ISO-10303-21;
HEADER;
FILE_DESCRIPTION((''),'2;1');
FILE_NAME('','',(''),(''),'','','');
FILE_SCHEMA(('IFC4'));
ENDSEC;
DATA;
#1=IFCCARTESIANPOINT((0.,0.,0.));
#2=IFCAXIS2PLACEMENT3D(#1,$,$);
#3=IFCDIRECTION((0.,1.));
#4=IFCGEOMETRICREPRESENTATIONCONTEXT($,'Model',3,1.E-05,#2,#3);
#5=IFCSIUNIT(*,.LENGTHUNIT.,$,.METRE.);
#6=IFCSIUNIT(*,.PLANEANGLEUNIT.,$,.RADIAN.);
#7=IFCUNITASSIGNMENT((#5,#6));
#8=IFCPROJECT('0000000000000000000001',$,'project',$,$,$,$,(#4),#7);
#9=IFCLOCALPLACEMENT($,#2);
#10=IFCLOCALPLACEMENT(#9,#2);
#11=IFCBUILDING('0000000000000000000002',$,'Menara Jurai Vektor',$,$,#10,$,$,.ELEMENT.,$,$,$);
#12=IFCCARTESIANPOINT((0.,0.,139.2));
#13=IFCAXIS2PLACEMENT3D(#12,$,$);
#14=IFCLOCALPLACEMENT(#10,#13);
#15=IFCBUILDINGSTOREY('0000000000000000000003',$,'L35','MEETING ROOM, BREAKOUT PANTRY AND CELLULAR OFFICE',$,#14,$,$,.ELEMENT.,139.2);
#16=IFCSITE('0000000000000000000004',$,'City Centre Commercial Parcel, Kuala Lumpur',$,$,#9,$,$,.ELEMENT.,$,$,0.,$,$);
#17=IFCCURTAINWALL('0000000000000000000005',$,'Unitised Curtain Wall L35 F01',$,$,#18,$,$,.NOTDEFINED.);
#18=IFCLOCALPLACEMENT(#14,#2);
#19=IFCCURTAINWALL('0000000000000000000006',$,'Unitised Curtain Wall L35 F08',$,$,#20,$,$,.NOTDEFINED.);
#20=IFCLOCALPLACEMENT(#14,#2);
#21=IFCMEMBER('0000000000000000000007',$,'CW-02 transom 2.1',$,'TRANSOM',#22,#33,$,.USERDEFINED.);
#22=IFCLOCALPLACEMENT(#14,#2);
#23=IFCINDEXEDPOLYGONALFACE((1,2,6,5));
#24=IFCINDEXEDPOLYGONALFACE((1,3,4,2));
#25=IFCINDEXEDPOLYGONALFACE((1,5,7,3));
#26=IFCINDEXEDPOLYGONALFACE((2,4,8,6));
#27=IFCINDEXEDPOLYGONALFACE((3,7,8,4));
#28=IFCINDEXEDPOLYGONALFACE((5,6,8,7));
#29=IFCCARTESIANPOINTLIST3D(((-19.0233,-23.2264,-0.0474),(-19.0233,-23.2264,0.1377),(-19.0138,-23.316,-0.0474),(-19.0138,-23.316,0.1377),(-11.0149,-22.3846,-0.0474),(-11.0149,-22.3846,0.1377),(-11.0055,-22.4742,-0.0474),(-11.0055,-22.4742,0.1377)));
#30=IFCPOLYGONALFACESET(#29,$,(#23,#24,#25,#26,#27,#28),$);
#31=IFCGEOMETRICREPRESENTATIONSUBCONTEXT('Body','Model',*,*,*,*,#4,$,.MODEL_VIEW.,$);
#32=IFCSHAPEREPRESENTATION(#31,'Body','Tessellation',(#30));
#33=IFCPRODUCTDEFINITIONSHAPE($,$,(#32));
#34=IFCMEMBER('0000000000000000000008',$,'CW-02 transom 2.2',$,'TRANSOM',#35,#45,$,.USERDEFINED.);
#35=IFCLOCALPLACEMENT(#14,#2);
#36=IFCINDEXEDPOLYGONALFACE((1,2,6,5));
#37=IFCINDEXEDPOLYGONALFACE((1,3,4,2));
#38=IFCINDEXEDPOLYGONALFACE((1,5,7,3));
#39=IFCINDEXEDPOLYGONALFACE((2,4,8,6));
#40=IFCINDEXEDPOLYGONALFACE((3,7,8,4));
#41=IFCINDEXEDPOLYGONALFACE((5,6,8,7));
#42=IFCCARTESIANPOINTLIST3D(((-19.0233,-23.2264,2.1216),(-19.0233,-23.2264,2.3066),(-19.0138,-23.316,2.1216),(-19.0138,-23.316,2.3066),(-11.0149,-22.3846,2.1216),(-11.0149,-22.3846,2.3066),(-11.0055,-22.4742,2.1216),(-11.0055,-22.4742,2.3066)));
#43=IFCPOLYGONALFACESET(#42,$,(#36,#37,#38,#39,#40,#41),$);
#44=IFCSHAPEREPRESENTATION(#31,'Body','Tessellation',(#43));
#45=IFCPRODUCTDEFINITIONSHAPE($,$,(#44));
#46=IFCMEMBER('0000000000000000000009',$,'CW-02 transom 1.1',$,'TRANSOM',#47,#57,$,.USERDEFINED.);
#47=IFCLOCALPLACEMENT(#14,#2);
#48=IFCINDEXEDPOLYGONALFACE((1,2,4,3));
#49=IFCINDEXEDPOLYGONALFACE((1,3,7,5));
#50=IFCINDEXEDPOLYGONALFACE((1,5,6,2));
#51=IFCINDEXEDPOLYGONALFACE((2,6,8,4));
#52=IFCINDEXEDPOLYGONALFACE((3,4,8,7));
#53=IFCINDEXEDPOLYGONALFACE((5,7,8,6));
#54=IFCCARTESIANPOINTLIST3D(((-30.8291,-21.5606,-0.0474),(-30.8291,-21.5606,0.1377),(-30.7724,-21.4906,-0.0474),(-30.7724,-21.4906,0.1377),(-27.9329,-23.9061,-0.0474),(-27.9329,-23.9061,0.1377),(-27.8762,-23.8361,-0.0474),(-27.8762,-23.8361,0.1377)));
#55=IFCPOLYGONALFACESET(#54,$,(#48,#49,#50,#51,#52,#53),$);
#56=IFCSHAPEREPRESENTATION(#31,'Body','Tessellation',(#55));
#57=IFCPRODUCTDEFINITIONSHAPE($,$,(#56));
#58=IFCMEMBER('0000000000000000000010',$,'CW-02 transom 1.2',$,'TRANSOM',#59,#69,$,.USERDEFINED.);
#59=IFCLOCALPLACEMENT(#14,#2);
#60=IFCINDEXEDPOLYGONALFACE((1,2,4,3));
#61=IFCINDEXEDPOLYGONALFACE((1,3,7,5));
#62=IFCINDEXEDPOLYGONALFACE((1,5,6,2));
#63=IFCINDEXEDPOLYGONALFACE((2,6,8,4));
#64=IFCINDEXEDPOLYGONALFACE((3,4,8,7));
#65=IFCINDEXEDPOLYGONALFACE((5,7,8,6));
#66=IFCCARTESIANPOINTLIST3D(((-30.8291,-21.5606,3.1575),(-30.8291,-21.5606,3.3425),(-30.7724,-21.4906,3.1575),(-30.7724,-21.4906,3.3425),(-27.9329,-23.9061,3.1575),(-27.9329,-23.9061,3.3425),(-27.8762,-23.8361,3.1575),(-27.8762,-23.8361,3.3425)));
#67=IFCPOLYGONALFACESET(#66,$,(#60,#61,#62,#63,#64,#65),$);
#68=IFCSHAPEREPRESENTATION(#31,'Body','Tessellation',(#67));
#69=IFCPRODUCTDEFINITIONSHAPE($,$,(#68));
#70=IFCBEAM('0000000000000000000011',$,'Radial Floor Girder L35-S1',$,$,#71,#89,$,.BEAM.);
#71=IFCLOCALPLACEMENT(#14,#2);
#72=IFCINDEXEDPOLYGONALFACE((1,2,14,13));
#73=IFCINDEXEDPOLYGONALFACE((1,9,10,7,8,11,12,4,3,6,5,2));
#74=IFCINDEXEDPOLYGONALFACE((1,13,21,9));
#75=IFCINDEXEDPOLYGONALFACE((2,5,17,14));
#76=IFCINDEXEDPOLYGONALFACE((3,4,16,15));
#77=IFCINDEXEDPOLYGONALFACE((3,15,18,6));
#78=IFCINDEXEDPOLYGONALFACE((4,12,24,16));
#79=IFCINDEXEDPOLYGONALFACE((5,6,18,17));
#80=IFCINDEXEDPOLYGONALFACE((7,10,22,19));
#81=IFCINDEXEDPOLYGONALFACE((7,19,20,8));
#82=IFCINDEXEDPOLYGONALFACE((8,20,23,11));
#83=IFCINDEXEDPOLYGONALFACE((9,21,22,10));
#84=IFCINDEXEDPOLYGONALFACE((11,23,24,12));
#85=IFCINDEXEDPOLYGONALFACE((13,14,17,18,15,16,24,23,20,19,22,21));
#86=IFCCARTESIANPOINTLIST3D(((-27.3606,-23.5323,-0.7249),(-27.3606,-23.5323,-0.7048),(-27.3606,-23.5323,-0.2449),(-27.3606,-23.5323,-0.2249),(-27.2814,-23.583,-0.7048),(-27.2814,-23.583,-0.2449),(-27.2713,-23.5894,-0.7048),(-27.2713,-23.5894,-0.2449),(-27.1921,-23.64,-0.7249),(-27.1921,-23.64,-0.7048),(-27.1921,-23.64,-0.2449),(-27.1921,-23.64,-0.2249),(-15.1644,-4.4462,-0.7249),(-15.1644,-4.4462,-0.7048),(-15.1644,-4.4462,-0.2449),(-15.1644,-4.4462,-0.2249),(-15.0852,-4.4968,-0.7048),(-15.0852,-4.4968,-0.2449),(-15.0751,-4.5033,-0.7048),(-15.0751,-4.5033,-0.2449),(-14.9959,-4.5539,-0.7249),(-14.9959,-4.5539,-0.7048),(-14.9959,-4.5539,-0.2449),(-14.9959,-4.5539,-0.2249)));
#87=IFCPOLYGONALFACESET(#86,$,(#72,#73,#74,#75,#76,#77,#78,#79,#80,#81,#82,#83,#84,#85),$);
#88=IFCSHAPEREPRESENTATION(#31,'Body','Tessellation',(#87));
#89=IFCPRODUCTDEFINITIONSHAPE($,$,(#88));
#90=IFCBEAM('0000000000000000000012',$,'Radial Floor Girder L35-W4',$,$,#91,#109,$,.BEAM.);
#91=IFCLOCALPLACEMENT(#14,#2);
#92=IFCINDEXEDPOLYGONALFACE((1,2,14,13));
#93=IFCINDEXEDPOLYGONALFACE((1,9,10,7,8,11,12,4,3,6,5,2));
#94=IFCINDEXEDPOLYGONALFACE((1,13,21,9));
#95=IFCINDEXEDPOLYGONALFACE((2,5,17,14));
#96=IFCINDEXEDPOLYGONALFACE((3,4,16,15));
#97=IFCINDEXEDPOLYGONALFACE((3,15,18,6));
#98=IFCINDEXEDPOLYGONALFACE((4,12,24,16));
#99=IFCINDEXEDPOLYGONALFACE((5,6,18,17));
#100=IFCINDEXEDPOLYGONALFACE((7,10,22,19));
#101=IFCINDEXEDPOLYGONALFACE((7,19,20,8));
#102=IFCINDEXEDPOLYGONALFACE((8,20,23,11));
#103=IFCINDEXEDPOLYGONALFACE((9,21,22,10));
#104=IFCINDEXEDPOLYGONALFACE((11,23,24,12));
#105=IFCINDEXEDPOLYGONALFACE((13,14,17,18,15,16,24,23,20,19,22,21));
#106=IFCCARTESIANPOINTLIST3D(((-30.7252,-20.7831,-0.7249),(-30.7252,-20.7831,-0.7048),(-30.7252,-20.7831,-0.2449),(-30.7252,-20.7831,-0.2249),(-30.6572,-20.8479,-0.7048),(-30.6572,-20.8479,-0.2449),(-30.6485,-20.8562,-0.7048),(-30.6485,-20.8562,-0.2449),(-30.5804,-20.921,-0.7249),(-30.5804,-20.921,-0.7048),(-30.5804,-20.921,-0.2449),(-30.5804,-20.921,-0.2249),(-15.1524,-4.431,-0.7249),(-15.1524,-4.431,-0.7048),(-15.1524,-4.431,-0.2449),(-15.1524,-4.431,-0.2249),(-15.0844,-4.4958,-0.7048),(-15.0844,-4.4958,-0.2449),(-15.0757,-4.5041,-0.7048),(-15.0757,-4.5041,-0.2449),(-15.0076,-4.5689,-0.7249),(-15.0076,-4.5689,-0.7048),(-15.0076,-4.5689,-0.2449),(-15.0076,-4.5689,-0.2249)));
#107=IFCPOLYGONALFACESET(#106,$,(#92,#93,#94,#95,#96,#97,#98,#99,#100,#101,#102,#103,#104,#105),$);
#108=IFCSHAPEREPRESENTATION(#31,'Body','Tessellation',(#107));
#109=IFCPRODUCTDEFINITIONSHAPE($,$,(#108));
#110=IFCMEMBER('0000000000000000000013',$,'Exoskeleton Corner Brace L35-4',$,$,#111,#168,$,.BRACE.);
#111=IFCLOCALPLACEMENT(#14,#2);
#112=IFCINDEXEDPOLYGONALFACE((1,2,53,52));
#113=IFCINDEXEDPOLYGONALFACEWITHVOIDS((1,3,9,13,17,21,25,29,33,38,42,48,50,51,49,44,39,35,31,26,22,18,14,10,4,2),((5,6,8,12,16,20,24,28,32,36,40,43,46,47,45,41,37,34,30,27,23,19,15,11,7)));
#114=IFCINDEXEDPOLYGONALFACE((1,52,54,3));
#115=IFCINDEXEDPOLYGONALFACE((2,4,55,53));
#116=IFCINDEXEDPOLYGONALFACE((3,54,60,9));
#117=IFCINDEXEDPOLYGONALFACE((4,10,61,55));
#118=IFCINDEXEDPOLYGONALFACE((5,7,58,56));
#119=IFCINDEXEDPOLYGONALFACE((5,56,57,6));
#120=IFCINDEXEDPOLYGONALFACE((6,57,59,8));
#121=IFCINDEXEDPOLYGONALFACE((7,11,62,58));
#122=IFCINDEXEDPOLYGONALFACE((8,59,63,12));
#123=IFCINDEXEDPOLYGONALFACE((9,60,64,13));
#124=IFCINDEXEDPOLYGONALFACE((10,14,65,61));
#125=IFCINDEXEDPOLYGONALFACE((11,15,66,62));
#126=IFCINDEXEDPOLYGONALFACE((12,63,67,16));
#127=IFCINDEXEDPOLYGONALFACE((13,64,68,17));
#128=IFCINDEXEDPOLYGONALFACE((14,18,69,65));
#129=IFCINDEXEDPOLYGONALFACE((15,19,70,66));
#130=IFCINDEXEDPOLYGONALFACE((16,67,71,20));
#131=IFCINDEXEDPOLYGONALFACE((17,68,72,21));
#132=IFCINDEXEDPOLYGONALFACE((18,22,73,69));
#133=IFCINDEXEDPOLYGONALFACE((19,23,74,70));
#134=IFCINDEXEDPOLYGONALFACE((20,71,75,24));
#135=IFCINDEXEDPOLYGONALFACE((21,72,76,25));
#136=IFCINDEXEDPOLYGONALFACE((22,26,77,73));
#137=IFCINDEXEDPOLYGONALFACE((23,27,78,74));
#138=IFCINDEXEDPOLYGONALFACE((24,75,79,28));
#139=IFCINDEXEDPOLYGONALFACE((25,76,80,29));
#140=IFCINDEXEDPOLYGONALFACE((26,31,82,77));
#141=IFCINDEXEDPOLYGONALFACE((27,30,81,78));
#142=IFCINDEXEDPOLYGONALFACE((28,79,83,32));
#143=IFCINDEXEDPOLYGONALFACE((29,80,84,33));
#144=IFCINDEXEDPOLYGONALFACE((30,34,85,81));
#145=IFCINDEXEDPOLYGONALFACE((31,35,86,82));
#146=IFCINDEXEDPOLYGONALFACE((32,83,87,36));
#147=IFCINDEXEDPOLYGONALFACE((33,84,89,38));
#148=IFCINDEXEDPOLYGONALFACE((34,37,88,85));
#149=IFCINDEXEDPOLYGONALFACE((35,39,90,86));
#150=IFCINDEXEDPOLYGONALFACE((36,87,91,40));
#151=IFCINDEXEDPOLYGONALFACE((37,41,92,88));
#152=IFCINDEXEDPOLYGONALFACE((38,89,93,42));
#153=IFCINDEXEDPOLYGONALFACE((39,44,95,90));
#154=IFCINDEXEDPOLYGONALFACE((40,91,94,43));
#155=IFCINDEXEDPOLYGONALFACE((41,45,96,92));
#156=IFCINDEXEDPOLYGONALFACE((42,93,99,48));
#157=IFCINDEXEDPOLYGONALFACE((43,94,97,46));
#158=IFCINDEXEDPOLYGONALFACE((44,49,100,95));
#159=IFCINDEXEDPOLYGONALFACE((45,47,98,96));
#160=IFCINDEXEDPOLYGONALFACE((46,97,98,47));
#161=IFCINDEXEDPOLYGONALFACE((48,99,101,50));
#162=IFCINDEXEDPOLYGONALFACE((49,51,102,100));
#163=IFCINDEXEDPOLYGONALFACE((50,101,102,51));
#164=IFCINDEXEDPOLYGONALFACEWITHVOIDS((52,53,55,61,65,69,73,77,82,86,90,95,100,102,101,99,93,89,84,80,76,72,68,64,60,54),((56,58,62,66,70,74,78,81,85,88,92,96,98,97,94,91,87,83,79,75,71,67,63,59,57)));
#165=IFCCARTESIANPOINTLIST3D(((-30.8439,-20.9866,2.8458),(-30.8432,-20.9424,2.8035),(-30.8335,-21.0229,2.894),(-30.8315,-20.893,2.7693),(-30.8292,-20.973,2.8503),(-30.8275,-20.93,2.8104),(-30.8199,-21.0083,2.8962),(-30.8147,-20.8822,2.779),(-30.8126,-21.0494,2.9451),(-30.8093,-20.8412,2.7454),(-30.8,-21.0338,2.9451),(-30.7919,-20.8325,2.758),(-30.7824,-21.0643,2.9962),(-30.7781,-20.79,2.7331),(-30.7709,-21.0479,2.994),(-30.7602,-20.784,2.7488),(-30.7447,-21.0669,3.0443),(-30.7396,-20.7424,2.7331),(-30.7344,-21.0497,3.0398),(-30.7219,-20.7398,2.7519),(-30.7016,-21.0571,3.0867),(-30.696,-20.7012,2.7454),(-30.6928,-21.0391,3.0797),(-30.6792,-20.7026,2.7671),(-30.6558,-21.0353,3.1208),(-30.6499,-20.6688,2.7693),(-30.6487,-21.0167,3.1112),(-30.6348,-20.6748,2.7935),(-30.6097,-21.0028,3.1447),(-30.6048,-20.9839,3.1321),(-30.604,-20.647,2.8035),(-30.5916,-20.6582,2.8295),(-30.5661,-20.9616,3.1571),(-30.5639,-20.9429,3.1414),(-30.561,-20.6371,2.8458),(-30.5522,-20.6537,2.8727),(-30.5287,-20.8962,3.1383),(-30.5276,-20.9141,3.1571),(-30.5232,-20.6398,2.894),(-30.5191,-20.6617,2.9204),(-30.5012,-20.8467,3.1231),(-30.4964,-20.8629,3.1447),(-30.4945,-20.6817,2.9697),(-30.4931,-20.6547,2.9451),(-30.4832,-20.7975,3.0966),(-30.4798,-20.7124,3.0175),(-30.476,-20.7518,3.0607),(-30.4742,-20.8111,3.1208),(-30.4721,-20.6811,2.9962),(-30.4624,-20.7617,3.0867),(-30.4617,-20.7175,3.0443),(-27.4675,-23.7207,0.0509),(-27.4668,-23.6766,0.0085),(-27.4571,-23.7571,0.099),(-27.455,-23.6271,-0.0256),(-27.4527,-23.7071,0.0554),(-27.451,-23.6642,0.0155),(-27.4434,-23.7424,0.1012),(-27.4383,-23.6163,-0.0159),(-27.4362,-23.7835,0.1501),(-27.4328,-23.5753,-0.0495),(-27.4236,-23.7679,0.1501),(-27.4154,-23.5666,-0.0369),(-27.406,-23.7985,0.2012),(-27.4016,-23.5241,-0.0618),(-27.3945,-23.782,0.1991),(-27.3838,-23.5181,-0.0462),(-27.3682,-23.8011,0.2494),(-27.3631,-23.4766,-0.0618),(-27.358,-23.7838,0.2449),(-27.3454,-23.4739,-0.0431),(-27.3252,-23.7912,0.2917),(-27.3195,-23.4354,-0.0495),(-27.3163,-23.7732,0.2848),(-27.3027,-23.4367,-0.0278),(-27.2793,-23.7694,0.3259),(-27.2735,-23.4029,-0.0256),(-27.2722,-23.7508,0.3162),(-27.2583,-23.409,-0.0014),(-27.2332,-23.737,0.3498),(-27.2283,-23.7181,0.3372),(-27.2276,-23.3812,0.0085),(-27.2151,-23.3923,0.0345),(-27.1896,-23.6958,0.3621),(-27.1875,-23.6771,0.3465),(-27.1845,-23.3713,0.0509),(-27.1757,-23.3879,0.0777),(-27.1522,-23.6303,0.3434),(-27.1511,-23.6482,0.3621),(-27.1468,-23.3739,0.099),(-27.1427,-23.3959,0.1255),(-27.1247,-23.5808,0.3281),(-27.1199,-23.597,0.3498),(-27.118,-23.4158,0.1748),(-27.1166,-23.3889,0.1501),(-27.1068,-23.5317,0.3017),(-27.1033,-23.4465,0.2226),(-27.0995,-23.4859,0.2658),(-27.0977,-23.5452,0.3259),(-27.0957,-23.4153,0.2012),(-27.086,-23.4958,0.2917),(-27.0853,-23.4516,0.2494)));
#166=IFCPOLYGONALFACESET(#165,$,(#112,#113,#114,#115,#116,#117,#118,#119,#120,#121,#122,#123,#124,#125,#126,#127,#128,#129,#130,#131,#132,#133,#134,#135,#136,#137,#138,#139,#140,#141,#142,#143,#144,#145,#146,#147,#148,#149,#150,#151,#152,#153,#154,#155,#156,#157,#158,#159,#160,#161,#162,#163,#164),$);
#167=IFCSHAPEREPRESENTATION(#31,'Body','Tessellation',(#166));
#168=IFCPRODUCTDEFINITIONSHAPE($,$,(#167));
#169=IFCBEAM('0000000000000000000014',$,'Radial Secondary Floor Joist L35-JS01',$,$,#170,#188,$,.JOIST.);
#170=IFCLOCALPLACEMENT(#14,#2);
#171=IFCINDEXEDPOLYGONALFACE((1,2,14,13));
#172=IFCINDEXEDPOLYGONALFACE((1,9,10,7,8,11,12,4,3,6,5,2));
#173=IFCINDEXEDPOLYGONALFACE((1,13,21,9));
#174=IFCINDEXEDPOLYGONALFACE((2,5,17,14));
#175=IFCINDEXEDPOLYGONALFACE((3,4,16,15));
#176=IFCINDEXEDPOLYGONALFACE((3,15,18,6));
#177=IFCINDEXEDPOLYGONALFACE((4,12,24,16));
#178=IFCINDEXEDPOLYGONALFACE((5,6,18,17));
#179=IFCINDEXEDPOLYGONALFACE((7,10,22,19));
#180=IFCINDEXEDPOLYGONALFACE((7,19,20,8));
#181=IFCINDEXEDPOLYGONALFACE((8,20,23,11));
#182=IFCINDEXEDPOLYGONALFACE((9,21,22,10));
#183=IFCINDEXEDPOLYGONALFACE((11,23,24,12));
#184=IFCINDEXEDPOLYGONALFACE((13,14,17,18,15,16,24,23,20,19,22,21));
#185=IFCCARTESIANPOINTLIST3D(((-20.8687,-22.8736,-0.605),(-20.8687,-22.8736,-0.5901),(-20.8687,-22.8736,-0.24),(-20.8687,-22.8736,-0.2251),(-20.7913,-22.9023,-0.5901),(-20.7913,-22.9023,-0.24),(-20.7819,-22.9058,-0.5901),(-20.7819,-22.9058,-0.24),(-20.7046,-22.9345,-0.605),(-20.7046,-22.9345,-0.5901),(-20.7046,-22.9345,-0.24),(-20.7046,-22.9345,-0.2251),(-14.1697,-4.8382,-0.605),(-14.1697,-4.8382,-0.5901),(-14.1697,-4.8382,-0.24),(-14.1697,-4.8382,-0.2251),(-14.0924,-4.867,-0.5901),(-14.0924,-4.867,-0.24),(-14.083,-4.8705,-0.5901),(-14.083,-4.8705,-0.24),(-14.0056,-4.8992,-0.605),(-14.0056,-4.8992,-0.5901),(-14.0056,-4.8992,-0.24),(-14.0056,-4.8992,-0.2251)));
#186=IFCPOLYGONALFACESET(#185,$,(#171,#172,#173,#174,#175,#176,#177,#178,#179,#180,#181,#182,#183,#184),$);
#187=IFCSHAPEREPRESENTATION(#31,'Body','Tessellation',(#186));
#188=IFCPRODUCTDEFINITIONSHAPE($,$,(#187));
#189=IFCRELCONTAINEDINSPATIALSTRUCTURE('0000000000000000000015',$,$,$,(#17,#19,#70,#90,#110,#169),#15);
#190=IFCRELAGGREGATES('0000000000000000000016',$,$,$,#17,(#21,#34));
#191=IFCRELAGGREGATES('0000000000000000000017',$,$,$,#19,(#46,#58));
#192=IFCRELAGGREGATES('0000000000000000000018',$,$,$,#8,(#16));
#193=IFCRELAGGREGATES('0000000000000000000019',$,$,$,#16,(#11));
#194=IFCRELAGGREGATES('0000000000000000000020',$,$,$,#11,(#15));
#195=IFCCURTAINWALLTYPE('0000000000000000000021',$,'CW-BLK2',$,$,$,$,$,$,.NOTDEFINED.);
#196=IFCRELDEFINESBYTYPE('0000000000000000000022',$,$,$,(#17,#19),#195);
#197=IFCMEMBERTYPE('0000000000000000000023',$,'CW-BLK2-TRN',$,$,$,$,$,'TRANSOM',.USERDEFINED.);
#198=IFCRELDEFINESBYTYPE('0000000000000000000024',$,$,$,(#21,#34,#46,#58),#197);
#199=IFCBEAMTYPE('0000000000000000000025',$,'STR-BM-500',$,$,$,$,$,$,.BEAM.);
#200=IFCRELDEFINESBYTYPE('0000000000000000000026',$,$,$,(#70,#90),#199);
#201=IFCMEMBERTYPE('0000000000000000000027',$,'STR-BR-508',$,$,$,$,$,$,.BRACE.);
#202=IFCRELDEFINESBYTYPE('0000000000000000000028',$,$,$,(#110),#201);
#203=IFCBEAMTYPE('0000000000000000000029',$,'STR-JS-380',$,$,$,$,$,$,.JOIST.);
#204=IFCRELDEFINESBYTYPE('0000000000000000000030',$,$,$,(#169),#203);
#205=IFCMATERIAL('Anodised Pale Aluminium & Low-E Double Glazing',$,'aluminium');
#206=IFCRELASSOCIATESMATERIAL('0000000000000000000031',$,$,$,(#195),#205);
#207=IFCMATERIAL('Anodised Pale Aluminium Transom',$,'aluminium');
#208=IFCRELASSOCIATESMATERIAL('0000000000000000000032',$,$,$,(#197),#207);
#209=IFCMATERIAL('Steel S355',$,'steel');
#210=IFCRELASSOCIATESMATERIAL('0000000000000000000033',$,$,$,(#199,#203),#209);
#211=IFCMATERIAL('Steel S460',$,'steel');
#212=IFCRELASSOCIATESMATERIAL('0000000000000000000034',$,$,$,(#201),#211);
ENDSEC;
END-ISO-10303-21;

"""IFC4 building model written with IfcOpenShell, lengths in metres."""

from ifc_helpers import new_model, si_unit, direction, frame, origin, origin_2d, place, context, subcontext, project, spatial, rectangle, hollow_circle, i_section, extrude, material, material_profile, profile_set, type_object, element, aggregate, save


model = new_model("IFC4")

# Units and contexts
model_context = context("Model", 3, precision=1e-05, world=origin(), true_north=direction((0.0, 1.0)))
body_context = subcontext(model_context, "Body", "Model", "MODEL_VIEW")
ifc_project = project(units=[si_unit("LENGTHUNIT", "METRE"), si_unit("PLANEANGLEUNIT", "RADIAN")], contexts=[model_context])

# Site, building, storey
site_placement = place(None, origin())
site = spatial("IfcSite", under=ifc_project, at=site_placement, Name="City Centre Commercial Parcel, Kuala Lumpur", CompositionType="ELEMENT", RefElevation=0.0)
building_placement = place(site_placement, origin())
building = spatial("IfcBuilding", under=site, at=building_placement, Name="Menara Jurai Vektor", CompositionType="ELEMENT")
storey_placement = place(building_placement, frame((0.0, 0.0, 139.2)))
storey = spatial("IfcBuildingStorey", under=building, at=storey_placement, Name="L35", Description="MEETING ROOM, BREAKOUT PANTRY AND CELLULAR OFFICE", CompositionType="ELEMENT", Elevation=139.2)

# Shared definitions
ifc_material_1 = material(Name="Steel S460", Category="steel")

# Curtain wall
ifc_material_2 = material(Name="Anodised Pale Aluminium & Low-E Double Glazing", Category="aluminium")
curtain_wall_type = type_object("IfcCurtainWallType", Name="CW-BLK2", PredefinedType="NOTDEFINED", material=ifc_material_2)
curtain_wall_1_placement = place(storey_placement, origin())
curtain_wall_1 = element("IfcCurtainWall", 1, at=curtain_wall_1_placement, inside=storey, type_object=curtain_wall_type, Name="Unitised Curtain Wall L35 F01", PredefinedType="NOTDEFINED")

# Curtain wall
curtain_wall_2_placement = place(storey_placement, origin())
curtain_wall_2 = element("IfcCurtainWall", 2, at=curtain_wall_2_placement, inside=storey, type_object=curtain_wall_type, Name="Unitised Curtain Wall L35 F08", PredefinedType="NOTDEFINED")

# Members
ifc_material_3 = material(Name="Anodised Pale Aluminium Transom", Category="aluminium")
ifc_material_profile_1 = material_profile(ifc_material_3, rectangle(XDim=0.0901, YDim=0.1851, at=origin_2d()), Name="ALU TRN 90x185")
ifc_profile_set_1 = profile_set([ifc_material_profile_1], Name="Anodised Pale Aluminium Transom")
member_type_1 = type_object("IfcMemberType", Name="CW-BLK2-TRN", ElementType="TRANSOM", PredefinedType="USERDEFINED", material=ifc_profile_set_1)
member_1_placement = place(storey_placement, frame((-19.0186, -23.2712, 0.0452), z_axis=(0.994521, 0.10454, 0.0), x_axis=(-0.10454, 0.994521, 0.0)))
member_1 = element("IfcMember", 3, at=member_1_placement, type_object=member_type_1, Name="CW-02 transom 2.1", ObjectType="TRANSOM", PredefinedType="USERDEFINED", context=body_context, shape_type="SweptSolid", body=[
    extrude(rectangle(XDim=0.0901, YDim=0.1851, at=origin_2d()), origin(), (0.0, 0.0, 1.0), 8.0525),
])
member_2_placement = place(storey_placement, frame((-19.0186, -23.2712, 2.2141), z_axis=(0.994521, 0.10454, 0.0), x_axis=(-0.10454, 0.994521, 0.0)))
member_2 = element("IfcMember", 4, at=member_2_placement, type_object=member_type_1, Name="CW-02 transom 2.2", ObjectType="TRANSOM", PredefinedType="USERDEFINED", context=body_context, shape_type="SweptSolid", body=[
    extrude(rectangle(XDim=0.0901, YDim=0.1851, at=origin_2d()), origin(), (0.0, 0.0, 1.0), 8.0525),
])
member_3_placement = place(storey_placement, frame((-30.8008, -21.5256, 0.0452), z_axis=(0.777129, -0.629341, 0.0), x_axis=(0.629341, 0.777129, 0.0)))
member_3 = element("IfcMember", 5, at=member_3_placement, type_object=member_type_1, Name="CW-02 transom 1.1", ObjectType="TRANSOM", PredefinedType="USERDEFINED", context=body_context, shape_type="SweptSolid", body=[
    extrude(rectangle(XDim=0.0901, YDim=0.1851, at=origin_2d()), origin(), (0.0, 0.0, 1.0), 3.7268),
])
member_4_placement = place(storey_placement, frame((-30.8008, -21.5256, 3.25), z_axis=(0.777129, -0.629341, 0.0), x_axis=(0.629341, 0.777129, 0.0)))
member_4 = element("IfcMember", 6, at=member_4_placement, type_object=member_type_1, Name="CW-02 transom 1.2", ObjectType="TRANSOM", PredefinedType="USERDEFINED", context=body_context, shape_type="SweptSolid", body=[
    extrude(rectangle(XDim=0.0901, YDim=0.1851, at=origin_2d()), origin(), (0.0, 0.0, 1.0), 3.7268),
])

# Beams
ifc_material_4 = material(Name="Steel S355", Category="steel")
ifc_material_profile_2 = material_profile(ifc_material_4, i_section(OverallWidth=0.2, OverallDepth=0.5, WebThickness=0.012, FlangeThickness=0.02, at=origin_2d()), Name="PG 500x200x96")
ifc_profile_set_2 = profile_set([ifc_material_profile_2], Name="Steel S355")
beam_type_1 = type_object("IfcBeamType", Name="STR-BM-500", PredefinedType="BEAM", material=ifc_profile_set_2)
beam_1_placement = place(storey_placement, frame((-27.2764, -23.5862, -0.4749), z_axis=(0.538463, 0.842649, 0.0), x_axis=(-0.842649, 0.538463, 0.0)))
element("IfcBeam", 7, at=beam_1_placement, inside=storey, type_object=beam_type_1, Name="Radial Floor Girder L35-S1", PredefinedType="BEAM", context=body_context, shape_type="SweptSolid", body=[
    extrude(i_section(OverallWidth=0.2, OverallDepth=0.5, WebThickness=0.012, FlangeThickness=0.02, at=origin_2d()), origin(), (0.0, 0.0, 1.0), 22.6501),
])
beam_2_placement = place(storey_placement, frame((-30.6528, -20.8521, -0.4749), z_axis=(0.689641, 0.724152, 0.0), x_axis=(-0.724152, 0.689641, 0.0)))
element("IfcBeam", 8, at=beam_2_placement, inside=storey, type_object=beam_type_1, Name="Radial Floor Girder L35-W4", PredefinedType="BEAM", context=body_context, shape_type="SweptSolid", body=[
    extrude(i_section(OverallWidth=0.2, OverallDepth=0.5, WebThickness=0.012, FlangeThickness=0.02, at=origin_2d()), origin(), (0.0, 0.0, 1.0), 22.5811),
])

# Member
ifc_material_profile_3 = material_profile(ifc_material_1, hollow_circle(Radius=0.2539, WallThickness=0.02, at=origin_2d()), Name="CHS 508x20")
ifc_profile_set_3 = profile_set([ifc_material_profile_3], Name="Steel S460")
member_type_2 = type_object("IfcMemberType", Name="STR-BR-508", PredefinedType="BRACE", material=ifc_profile_set_3)
member_5_placement = place(storey_placement, frame((-27.2764, -23.5862, 0.1501), z_axis=(-0.653593, 0.529255, 0.541022), x_axis=(-0.62931, -0.777155, 0.0)))
element("IfcMember", 9, at=member_5_placement, inside=storey, type_object=member_type_2, Name="Exoskeleton Corner Brace L35-4", PredefinedType="BRACE", context=body_context, shape_type="SweptSolid", body=[
    extrude(hollow_circle(Radius=0.2539, WallThickness=0.02, at=origin_2d()), origin(), (0.0, 0.0, 1.0), 5.166),
])

# Beam
ifc_material_profile_4 = material_profile(ifc_material_4, i_section(OverallWidth=0.175, OverallDepth=0.3799, WebThickness=0.01, FlangeThickness=0.0149, at=origin_2d()), Name="PG 380x175x58")
ifc_profile_set_4 = profile_set([ifc_material_profile_4], Name="Steel S355")
beam_type_2 = type_object("IfcBeamType", Name="STR-JS-380", PredefinedType="JOIST", material=ifc_profile_set_4)
beam_3_placement = place(storey_placement, frame((-20.7866, -22.9041, -0.415), z_axis=(0.348192, 0.937423, 0.0), x_axis=(-0.937423, 0.348192, 0.0)))
element("IfcBeam", 10, at=beam_3_placement, inside=storey, type_object=beam_type_2, Name="Radial Secondary Floor Joist L35-JS01", PredefinedType="JOIST", context=body_context, shape_type="SweptSolid", body=[
    extrude(i_section(OverallWidth=0.175, OverallDepth=0.3799, WebThickness=0.01, FlangeThickness=0.0149, at=origin_2d()), origin(), (0.0, 0.0, 1.0), 19.2393),
])

aggregate(curtain_wall_1, [member_1, member_2])
aggregate(curtain_wall_2, [member_3, member_4])

save(model, "model.ifc")
